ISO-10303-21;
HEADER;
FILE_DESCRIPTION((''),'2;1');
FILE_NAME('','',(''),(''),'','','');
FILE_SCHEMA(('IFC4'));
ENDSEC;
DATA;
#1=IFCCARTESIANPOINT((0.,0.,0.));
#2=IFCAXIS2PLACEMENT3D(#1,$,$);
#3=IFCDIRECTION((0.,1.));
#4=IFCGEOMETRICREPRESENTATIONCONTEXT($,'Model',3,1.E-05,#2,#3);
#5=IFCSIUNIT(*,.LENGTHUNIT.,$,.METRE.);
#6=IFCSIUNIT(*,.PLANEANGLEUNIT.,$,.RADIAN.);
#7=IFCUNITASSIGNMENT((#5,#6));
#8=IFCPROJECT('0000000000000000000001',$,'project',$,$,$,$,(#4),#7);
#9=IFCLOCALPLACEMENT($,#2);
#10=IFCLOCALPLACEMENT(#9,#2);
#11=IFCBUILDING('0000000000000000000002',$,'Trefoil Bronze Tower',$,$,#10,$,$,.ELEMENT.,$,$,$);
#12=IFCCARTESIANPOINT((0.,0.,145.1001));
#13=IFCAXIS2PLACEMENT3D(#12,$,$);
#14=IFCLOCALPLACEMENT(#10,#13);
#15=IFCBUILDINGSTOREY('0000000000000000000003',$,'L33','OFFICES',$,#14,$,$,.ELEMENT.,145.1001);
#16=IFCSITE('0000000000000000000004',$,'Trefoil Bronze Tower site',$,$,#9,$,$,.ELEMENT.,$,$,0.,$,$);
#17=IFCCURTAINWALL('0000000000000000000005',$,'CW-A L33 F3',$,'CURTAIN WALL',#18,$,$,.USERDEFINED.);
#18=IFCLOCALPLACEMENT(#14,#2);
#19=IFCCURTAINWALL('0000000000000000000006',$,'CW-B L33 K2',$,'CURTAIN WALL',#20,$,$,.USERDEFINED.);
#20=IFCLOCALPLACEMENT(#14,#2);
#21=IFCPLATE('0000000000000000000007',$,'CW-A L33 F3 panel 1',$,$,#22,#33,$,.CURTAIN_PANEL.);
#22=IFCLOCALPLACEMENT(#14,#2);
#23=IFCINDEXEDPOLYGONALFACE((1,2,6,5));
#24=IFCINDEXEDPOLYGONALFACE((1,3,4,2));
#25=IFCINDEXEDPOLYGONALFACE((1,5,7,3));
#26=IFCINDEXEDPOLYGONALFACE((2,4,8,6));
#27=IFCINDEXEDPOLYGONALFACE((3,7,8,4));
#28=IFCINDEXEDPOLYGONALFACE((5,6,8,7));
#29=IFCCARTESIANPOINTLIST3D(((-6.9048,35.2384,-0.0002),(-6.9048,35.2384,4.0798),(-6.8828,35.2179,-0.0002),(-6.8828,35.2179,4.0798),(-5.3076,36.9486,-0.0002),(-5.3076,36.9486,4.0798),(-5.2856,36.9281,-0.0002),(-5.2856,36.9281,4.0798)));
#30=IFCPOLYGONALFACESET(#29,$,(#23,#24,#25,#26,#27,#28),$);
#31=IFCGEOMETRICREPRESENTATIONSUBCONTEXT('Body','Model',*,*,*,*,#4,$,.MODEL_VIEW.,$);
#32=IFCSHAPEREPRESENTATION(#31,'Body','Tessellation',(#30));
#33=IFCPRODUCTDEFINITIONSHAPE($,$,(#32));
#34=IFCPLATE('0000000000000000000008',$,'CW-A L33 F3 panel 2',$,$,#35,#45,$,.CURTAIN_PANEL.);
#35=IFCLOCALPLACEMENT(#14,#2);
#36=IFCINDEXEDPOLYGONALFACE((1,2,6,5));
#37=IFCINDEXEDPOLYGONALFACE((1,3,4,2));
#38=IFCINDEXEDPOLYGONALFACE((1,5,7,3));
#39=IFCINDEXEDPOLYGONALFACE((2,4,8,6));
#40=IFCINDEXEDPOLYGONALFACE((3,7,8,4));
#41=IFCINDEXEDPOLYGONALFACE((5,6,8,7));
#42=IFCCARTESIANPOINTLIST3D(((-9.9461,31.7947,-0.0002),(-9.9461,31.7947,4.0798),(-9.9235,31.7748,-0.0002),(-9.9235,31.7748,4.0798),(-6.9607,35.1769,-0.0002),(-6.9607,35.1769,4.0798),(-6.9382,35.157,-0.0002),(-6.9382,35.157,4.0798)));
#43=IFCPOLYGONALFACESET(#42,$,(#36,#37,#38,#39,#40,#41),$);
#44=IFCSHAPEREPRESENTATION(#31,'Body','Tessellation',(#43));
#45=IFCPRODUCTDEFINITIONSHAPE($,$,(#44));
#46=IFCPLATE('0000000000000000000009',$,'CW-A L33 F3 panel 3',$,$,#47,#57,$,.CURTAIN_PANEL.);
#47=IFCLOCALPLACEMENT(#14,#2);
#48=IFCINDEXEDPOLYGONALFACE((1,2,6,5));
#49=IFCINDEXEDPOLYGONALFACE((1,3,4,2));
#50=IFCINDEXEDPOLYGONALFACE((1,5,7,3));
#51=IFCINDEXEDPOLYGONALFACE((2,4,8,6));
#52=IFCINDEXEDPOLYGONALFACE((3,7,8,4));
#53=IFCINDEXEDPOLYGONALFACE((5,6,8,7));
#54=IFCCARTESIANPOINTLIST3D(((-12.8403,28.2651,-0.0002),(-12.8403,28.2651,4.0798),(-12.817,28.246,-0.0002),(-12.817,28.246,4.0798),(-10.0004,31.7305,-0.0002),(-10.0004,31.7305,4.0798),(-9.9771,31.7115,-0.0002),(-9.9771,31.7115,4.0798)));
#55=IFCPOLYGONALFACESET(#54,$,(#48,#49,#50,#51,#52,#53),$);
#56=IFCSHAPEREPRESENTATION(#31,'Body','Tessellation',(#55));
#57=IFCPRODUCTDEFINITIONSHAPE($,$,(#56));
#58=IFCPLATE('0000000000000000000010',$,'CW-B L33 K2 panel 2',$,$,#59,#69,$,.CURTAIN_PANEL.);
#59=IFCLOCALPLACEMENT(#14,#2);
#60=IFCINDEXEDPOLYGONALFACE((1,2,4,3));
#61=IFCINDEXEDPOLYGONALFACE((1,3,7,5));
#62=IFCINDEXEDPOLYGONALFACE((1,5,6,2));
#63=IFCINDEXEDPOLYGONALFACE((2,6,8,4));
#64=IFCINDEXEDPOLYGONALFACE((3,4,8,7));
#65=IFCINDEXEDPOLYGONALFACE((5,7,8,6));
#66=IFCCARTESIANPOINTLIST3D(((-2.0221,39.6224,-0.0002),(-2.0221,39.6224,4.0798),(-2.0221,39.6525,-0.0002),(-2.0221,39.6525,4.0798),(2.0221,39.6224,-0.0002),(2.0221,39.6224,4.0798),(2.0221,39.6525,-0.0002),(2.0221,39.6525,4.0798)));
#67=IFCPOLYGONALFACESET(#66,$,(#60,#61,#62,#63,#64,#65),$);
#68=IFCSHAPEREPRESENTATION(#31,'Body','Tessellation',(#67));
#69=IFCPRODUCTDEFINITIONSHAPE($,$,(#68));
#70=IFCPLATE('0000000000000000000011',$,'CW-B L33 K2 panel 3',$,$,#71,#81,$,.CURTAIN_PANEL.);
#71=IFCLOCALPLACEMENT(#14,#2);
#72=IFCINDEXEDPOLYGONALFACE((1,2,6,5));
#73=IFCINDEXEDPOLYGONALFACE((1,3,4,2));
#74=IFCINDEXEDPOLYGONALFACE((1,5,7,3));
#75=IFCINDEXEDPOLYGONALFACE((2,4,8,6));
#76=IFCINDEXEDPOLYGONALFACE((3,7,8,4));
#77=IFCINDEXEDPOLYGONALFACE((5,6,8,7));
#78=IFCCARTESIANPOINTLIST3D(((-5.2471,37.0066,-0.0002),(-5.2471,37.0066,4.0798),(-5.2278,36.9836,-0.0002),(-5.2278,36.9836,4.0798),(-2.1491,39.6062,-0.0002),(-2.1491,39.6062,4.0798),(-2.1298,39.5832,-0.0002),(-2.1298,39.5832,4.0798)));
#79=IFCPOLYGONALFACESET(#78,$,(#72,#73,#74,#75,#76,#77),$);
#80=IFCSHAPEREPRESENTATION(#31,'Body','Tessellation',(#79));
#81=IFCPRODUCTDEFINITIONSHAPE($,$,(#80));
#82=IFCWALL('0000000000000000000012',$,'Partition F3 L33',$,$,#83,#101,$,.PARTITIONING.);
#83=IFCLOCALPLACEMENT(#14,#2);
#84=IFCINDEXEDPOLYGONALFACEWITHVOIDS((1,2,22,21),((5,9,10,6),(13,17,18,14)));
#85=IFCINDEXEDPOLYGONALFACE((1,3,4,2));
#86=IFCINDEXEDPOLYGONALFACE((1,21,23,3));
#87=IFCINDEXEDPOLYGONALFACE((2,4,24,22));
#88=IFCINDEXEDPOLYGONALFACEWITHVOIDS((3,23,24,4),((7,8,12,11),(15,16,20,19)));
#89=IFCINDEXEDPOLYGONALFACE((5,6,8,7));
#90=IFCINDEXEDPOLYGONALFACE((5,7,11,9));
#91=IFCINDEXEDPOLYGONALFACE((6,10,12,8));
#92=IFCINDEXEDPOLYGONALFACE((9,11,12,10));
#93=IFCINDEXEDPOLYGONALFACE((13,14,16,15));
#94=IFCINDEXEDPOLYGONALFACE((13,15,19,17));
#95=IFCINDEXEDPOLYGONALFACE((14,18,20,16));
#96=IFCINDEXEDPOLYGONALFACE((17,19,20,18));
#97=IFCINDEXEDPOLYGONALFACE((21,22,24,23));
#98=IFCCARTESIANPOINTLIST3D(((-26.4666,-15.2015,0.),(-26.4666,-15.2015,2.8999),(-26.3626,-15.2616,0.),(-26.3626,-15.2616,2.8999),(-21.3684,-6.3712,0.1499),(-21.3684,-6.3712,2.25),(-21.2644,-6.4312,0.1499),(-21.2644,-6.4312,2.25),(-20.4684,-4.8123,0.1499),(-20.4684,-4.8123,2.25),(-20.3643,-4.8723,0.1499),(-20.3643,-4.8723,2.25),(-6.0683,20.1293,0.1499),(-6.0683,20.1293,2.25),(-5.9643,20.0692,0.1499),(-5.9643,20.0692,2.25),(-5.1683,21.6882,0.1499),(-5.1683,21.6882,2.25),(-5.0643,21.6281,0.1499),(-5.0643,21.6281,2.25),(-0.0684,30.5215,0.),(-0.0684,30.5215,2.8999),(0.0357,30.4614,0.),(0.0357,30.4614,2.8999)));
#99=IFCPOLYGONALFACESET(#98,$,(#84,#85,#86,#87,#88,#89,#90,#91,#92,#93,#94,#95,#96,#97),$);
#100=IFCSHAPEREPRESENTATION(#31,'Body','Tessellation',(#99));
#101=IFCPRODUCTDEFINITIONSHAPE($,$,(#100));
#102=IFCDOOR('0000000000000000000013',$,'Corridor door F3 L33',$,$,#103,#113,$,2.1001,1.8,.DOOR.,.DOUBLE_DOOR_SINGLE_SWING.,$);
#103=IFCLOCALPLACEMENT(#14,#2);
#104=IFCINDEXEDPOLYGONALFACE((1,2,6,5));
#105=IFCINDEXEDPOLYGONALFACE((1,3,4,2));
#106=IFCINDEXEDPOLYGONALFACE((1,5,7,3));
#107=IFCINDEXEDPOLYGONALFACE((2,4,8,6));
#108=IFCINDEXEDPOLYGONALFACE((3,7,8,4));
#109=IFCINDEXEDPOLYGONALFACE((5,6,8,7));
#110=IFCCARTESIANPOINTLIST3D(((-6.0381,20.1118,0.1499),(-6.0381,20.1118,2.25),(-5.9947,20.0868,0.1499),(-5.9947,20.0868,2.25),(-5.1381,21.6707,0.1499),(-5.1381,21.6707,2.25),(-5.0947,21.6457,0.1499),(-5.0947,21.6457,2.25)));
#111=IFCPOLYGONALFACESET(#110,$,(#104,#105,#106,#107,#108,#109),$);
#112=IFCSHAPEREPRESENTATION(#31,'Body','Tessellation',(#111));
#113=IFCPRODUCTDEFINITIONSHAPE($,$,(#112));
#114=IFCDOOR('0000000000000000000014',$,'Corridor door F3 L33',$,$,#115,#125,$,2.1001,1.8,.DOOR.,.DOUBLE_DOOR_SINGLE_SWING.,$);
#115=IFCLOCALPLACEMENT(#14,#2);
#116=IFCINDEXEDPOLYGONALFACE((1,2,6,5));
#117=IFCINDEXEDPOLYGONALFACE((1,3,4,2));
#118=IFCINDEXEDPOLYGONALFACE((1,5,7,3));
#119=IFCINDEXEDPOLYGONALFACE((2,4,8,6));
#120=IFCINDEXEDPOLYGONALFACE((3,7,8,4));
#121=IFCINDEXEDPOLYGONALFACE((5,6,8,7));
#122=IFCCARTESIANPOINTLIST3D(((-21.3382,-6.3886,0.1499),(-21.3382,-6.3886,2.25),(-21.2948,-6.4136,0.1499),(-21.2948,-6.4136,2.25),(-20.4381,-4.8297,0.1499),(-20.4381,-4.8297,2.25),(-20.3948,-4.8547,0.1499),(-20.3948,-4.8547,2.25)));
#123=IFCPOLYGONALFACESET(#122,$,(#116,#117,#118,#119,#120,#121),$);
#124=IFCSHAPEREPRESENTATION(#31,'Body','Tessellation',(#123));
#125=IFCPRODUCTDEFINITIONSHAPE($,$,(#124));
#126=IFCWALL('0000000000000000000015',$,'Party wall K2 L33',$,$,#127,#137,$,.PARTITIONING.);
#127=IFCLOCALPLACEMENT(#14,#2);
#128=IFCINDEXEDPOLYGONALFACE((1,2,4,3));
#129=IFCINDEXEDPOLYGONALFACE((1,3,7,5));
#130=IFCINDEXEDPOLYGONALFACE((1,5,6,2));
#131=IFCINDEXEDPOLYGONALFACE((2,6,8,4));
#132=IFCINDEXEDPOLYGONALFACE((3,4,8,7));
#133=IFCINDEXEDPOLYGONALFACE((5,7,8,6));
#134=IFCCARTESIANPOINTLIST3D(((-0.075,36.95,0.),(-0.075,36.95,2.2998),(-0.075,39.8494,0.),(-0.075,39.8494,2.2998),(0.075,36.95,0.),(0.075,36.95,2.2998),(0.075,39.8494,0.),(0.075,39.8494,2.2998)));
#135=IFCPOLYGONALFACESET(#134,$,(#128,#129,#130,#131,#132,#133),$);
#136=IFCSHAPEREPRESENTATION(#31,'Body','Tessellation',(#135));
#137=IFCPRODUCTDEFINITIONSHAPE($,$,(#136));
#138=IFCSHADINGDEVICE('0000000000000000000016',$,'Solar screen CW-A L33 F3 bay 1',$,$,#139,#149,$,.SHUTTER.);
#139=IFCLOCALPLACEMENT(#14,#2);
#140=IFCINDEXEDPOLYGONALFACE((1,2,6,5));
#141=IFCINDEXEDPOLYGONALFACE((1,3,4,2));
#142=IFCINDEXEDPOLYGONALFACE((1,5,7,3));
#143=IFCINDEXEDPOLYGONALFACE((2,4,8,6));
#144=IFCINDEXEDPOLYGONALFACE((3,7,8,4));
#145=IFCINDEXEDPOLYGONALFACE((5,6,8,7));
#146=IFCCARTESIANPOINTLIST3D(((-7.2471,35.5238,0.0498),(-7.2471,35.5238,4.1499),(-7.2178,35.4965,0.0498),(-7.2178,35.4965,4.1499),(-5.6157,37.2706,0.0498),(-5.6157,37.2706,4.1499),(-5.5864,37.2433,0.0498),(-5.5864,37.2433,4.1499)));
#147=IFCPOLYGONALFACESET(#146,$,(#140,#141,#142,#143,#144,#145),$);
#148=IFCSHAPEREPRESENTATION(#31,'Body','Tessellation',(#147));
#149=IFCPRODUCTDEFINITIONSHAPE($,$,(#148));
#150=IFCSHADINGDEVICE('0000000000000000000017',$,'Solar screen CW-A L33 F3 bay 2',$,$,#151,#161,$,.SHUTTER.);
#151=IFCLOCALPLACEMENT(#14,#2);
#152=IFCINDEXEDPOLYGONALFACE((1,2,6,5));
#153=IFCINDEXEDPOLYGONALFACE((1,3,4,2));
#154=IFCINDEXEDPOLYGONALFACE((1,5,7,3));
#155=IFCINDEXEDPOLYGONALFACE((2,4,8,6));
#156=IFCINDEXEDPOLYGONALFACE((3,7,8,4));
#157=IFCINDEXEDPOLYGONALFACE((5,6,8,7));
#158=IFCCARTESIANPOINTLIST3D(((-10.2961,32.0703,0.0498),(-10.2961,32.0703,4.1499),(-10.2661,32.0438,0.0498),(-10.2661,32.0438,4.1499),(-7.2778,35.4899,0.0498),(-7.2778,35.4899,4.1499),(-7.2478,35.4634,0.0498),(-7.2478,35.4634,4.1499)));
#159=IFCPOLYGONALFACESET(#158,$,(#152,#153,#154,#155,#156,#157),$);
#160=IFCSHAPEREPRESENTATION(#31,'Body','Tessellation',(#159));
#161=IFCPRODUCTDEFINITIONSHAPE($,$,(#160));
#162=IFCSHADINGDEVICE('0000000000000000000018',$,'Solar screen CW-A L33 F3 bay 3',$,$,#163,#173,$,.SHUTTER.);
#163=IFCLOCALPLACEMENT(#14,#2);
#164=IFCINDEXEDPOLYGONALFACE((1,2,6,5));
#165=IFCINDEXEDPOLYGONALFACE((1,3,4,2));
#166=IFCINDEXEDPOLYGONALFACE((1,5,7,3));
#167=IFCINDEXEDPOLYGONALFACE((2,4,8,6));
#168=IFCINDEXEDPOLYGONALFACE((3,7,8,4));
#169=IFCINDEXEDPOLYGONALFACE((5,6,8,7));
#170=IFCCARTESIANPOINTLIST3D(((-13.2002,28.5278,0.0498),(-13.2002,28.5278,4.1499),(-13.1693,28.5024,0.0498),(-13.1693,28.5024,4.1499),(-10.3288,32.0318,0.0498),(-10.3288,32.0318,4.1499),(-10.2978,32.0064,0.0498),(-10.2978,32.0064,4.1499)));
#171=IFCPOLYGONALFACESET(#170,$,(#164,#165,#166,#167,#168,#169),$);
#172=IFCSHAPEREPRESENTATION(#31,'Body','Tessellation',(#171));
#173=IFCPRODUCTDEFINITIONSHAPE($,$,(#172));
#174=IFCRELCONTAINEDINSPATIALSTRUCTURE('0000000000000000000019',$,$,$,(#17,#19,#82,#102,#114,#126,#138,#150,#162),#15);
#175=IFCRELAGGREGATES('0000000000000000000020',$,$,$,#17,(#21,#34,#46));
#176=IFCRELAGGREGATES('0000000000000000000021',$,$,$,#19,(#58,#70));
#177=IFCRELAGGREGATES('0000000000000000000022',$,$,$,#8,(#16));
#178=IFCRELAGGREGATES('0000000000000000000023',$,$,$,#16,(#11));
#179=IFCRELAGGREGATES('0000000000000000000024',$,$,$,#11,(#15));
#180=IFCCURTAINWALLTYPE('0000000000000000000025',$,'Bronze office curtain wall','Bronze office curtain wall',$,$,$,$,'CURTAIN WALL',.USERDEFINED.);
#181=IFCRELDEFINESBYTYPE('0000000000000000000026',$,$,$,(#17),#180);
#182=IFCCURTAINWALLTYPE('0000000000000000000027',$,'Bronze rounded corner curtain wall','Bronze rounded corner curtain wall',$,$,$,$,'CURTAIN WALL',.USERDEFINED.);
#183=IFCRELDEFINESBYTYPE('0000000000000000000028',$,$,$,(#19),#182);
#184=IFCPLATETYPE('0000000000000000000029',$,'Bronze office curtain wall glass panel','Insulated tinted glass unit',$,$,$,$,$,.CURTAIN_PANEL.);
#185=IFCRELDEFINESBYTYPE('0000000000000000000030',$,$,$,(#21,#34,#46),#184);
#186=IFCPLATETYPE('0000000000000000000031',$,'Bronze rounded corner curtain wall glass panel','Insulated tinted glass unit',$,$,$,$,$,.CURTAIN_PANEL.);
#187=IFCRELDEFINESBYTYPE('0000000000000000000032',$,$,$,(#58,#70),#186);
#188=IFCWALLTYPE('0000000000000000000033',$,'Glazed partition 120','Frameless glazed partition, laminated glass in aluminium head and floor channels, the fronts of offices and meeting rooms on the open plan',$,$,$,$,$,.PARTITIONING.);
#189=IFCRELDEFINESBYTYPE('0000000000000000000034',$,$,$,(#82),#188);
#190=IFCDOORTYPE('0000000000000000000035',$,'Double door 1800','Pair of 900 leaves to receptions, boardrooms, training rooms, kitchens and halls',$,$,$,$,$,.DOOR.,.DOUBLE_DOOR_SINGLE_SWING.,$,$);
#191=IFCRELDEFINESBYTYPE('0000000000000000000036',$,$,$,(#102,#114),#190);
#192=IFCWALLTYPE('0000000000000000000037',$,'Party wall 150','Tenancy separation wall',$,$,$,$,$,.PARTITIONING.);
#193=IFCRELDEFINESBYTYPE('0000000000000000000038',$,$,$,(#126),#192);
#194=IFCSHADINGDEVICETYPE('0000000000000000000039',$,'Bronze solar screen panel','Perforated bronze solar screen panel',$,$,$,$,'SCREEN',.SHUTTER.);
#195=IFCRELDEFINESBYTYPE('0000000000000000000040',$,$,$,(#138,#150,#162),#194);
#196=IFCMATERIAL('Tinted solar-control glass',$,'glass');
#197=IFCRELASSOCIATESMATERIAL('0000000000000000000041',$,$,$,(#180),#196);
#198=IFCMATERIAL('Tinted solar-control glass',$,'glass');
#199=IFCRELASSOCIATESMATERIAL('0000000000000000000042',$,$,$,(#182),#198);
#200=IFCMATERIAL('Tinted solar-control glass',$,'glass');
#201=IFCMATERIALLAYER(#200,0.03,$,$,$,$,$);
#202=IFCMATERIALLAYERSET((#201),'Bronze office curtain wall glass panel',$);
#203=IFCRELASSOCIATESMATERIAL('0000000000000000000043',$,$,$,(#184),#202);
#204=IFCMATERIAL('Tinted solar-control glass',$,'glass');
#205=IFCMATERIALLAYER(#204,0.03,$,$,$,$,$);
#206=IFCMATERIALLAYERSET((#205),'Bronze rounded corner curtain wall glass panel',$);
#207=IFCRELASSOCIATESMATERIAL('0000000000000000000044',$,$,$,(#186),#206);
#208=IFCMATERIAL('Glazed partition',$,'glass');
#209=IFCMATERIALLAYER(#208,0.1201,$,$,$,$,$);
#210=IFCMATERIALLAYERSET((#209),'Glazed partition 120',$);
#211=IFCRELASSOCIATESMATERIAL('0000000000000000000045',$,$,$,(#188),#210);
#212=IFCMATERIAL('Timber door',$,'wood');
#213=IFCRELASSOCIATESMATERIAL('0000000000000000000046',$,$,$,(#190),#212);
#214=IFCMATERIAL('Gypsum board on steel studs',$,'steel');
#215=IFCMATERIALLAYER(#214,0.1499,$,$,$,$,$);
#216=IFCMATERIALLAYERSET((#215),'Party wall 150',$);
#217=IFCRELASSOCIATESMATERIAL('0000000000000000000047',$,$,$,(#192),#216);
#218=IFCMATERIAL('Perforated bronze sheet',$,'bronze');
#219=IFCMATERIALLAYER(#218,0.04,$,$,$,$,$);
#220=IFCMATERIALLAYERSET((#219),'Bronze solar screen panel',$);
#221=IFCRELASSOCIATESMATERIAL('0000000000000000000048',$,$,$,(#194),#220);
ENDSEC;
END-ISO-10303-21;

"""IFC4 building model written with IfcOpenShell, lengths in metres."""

from ifc_helpers import new_model, si_unit, direction, frame, frame_2d, origin, origin_2d, place, context, subcontext, project, spatial, rectangle, extrude, material, layer, layer_set, type_object, element, fill, aggregate, save


model = new_model("IFC4")

# Units and contexts
model_context = context("Model", 3, precision=1e-05, world=origin(), true_north=direction((0.0, 1.0)))
body_context = subcontext(model_context, "Body", "Model", "MODEL_VIEW")
ifc_project = project(units=[si_unit("LENGTHUNIT", "METRE"), si_unit("PLANEANGLEUNIT", "RADIAN")], contexts=[model_context])

# Site, building, storey
site_placement = place(None, origin())
site = spatial("IfcSite", under=ifc_project, at=site_placement, Name="Trefoil Bronze Tower site", CompositionType="ELEMENT", RefElevation=0.0)
building_placement = place(site_placement, origin())
building = spatial("IfcBuilding", under=site, at=building_placement, Name="Trefoil Bronze Tower", CompositionType="ELEMENT")
storey_placement = place(building_placement, frame((0.0, 0.0, 145.1001)))
storey = spatial("IfcBuildingStorey", under=building, at=storey_placement, Name="L33", Description="OFFICES", CompositionType="ELEMENT", Elevation=145.1001)

# Curtain walls
ifc_material_1 = material(Name="Tinted solar-control glass", Category="glass")
curtain_wall_type_1 = type_object("IfcCurtainWallType", Name="Bronze office curtain wall", Description="Bronze office curtain wall", ElementType="CURTAIN WALL", PredefinedType="USERDEFINED", material=ifc_material_1)
curtain_wall_1_placement = place(storey_placement, origin())
curtain_wall_1 = element("IfcCurtainWall", 1, at=curtain_wall_1_placement, inside=storey, type_object=curtain_wall_type_1, Name="CW-A L33 F3", ObjectType="CURTAIN WALL", PredefinedType="USERDEFINED")
ifc_material_2 = material(Name="Tinted solar-control glass", Category="glass")
curtain_wall_type_2 = type_object("IfcCurtainWallType", Name="Bronze rounded corner curtain wall", Description="Bronze rounded corner curtain wall", ElementType="CURTAIN WALL", PredefinedType="USERDEFINED", material=ifc_material_2)
curtain_wall_2_placement = place(storey_placement, origin())
curtain_wall_2 = element("IfcCurtainWall", 2, at=curtain_wall_2_placement, inside=storey, type_object=curtain_wall_type_2, Name="CW-B L33 K2", ObjectType="CURTAIN WALL", PredefinedType="USERDEFINED")

# Plates
ifc_material_3 = material(Name="Tinted solar-control glass", Category="glass")
ifc_layer_1 = layer(ifc_material_3, 0.03)
ifc_layer_set_1 = layer_set([ifc_layer_1], Name="Bronze office curtain wall glass panel")
plate_type_1 = type_object("IfcPlateType", Name="Bronze office curtain wall glass panel", Description="Insulated tinted glass unit", PredefinedType="CURTAIN_PANEL", material=ifc_layer_set_1)
plate_1_placement = place(storey_placement, frame((-6.0952, 36.0833, -0.0002), z_axis=(0.0, 0.0, 1.0), x_axis=(-0.682536, -0.730852, 0.0)))
plate_1 = element("IfcPlate", 3, at=plate_1_placement, type_object=plate_type_1, Name="CW-A L33 F3 panel 1", PredefinedType="CURTAIN_PANEL", context=body_context, shape_type="SweptSolid", body=[
    extrude(rectangle(XDim=2.3401, YDim=0.03, at=origin_2d()), origin(), (0.0, 0.0, 1.0), 4.0801),
])
plate_2_placement = place(storey_placement, frame((-8.4421, 33.4758, -0.0002), z_axis=(0.0, 0.0, 1.0), x_axis=(-0.661751, -0.749723, 0.0)))
plate_2 = element("IfcPlate", 4, at=plate_2_placement, type_object=plate_type_1, Name="CW-A L33 F3 panel 2", PredefinedType="CURTAIN_PANEL", context=body_context, shape_type="SweptSolid", body=[
    extrude(rectangle(XDim=4.5112, YDim=0.03, at=origin_2d()), origin(), (0.0, 0.0, 1.0), 4.0801),
])
plate_3_placement = place(storey_placement, frame((-11.4087, 29.9883, -0.0002), z_axis=(0.0, 0.0, 1.0), x_axis=(-0.63384, -0.773464, 0.0)))
plate_3 = element("IfcPlate", 5, at=plate_3_placement, type_object=plate_type_1, Name="CW-A L33 F3 panel 3", PredefinedType="CURTAIN_PANEL", context=body_context, shape_type="SweptSolid", body=[
    extrude(rectangle(XDim=4.4805, YDim=0.03, at=origin_2d()), origin(), (0.0, 0.0, 1.0), 4.0801),
])
aggregate(curtain_wall_1, [plate_1, plate_2, plate_3])
ifc_material_4 = material(Name="Tinted solar-control glass", Category="glass")
ifc_layer_2 = layer(ifc_material_4, 0.03)
ifc_layer_set_2 = layer_set([ifc_layer_2], Name="Bronze rounded corner curtain wall glass panel")
plate_type_2 = type_object("IfcPlateType", Name="Bronze rounded corner curtain wall glass panel", Description="Insulated tinted glass unit", PredefinedType="CURTAIN_PANEL", material=ifc_layer_set_2)
plate_4_placement = place(storey_placement, frame((0.0, 39.6375, -0.0002), z_axis=(0.0, 0.0, 1.0), x_axis=(-1.0, 0.0, 0.0)))
plate_4 = element("IfcPlate", 6, at=plate_4_placement, type_object=plate_type_2, Name="CW-B L33 K2 panel 2", PredefinedType="CURTAIN_PANEL", context=body_context, shape_type="SweptSolid", body=[
    extrude(rectangle(XDim=4.0442, YDim=0.03, at=origin_2d()), origin(), (0.0, 0.0, 1.0), 4.0801),
])
plate_5_placement = place(storey_placement, frame((-3.6885, 38.2949, -0.0002), z_axis=(0.0, 0.0, 1.0), x_axis=(-0.766044, -0.642788, 0.0)))
plate_5 = element("IfcPlate", 7, at=plate_5_placement, type_object=plate_type_2, Name="CW-B L33 K2 panel 3", PredefinedType="CURTAIN_PANEL", context=body_context, shape_type="SweptSolid", body=[
    extrude(rectangle(XDim=4.0442, YDim=0.03, at=origin_2d()), origin(), (0.0, 0.0, 1.0), 4.0801),
])
aggregate(curtain_wall_2, [plate_4, plate_5])

# Wall, openings, doors
ifc_material_5 = material(Name="Glazed partition", Category="glass")
ifc_layer_3 = layer(ifc_material_5, 0.1201)
ifc_layer_set_3 = layer_set([ifc_layer_3], Name="Glazed partition 120")
wall_type_1 = type_object("IfcWallType", Name="Glazed partition 120", Description="Frameless glazed partition, laminated glass in aluminium head and floor channels, the fronts of offices and meeting rooms on the open plan", PredefinedType="PARTITIONING", material=ifc_layer_set_3)
wall_1_placement = place(storey_placement, frame((-0.0164, 30.4915, 0.0), z_axis=(0.0, 0.0, 1.0), x_axis=(-0.500001, -0.866025, 0.0)))
wall_1 = element("IfcWall", 8, at=wall_1_placement, inside=storey, type_object=wall_type_1, Name="Partition F3 L33", PredefinedType="PARTITIONING", context=body_context, shape_type="SweptSolid", body=[
    extrude(rectangle(XDim=52.7964, YDim=0.1201, at=frame_2d((26.3982, 0.0))), origin(), (0.0, 0.0, 1.0), 2.8999),
])
opening_1_placement = place(wall_1_placement, frame((10.2, 0.0, 0.1499)))
opening_1 = element("IfcOpeningElement", 9, at=opening_1_placement, cuts=wall_1, PredefinedType="OPENING", context=body_context, shape_type="SweptSolid", body=[
    extrude(rectangle(XDim=1.8, YDim=2.1001, at=frame_2d((0.8999, 1.05))), frame((0.0, 0.0701, 0.0), z_axis=(0.0, -1.0, 0.0), x_axis=(1.0, 0.0, 0.0)), (0.0, 0.0, 1.0), 0.1401),
])
opening_2_placement = place(wall_1_placement, frame((40.8, 0.0, 0.1499)))
opening_2 = element("IfcOpeningElement", 10, at=opening_2_placement, cuts=wall_1, PredefinedType="OPENING", context=body_context, shape_type="SweptSolid", body=[
    extrude(rectangle(XDim=1.8, YDim=2.1001, at=frame_2d((0.8999, 1.05))), frame((0.0, 0.0701, 0.0), z_axis=(0.0, -1.0, 0.0), x_axis=(1.0, 0.0, 0.0)), (0.0, 0.0, 1.0), 0.1401),
])
ifc_material_6 = material(Name="Timber door", Category="wood")
door_type = type_object("IfcDoorType", Name="Double door 1800", Description="Pair of 900 leaves to receptions, boardrooms, training rooms, kitchens and halls", OperationType="DOUBLE_DOOR_SINGLE_SWING", PredefinedType="DOOR", material=ifc_material_6)
door_1_placement = place(opening_1_placement, origin())
door_1 = element("IfcDoor", 11, at=door_1_placement, inside=storey, type_object=door_type, Name="Corridor door F3 L33", OperationType="DOUBLE_DOOR_SINGLE_SWING", OverallHeight=2.1001, OverallWidth=1.8, PredefinedType="DOOR", context=body_context, shape_type="SweptSolid", body=[
    extrude(rectangle(XDim=1.8, YDim=2.1001, at=frame_2d((0.8999, 1.05))), frame((0.0, 0.0249, 0.0), z_axis=(0.0, -1.0, 0.0), x_axis=(1.0, 0.0, 0.0)), (0.0, 0.0, 1.0), 0.05),
])
fill(opening_1, door_1)
door_2_placement = place(opening_2_placement, origin())
door_2 = element("IfcDoor", 12, at=door_2_placement, inside=storey, type_object=door_type, Name="Corridor door F3 L33", OperationType="DOUBLE_DOOR_SINGLE_SWING", OverallHeight=2.1001, OverallWidth=1.8, PredefinedType="DOOR", context=body_context, shape_type="SweptSolid", body=[
    extrude(rectangle(XDim=1.8, YDim=2.1001, at=frame_2d((0.8999, 1.05))), frame((0.0, 0.0249, 0.0), z_axis=(0.0, -1.0, 0.0), x_axis=(1.0, 0.0, 0.0)), (0.0, 0.0, 1.0), 0.05),
])
fill(opening_2, door_2)

# Wall
ifc_material_7 = material(Name="Gypsum board on steel studs", Category="steel")
ifc_layer_4 = layer(ifc_material_7, 0.1499)
ifc_layer_set_4 = layer_set([ifc_layer_4], Name="Party wall 150")
wall_type_2 = type_object("IfcWallType", Name="Party wall 150", Description="Tenancy separation wall", PredefinedType="PARTITIONING", material=ifc_layer_set_4)
wall_2_placement = place(storey_placement, frame((0.0, 36.95, 0.0), z_axis=(0.0, 0.0, 1.0), x_axis=(0.0, 1.0, 0.0)))
element("IfcWall", 13, at=wall_2_placement, inside=storey, type_object=wall_type_2, Name="Party wall K2 L33", PredefinedType="PARTITIONING", context=body_context, shape_type="SweptSolid", body=[
    extrude(rectangle(XDim=2.8994, YDim=0.1499, at=frame_2d((1.4497, 0.0))), origin(), (0.0, 0.0, 1.0), 2.2998),
])

# Shading devices
ifc_material_8 = material(Name="Perforated bronze sheet", Category="bronze")
ifc_layer_5 = layer(ifc_material_8, 0.04)
ifc_layer_set_5 = layer_set([ifc_layer_5], Name="Bronze solar screen panel")
shading_device_type = type_object("IfcShadingDeviceType", Name="Bronze solar screen panel", Description="Perforated bronze solar screen panel", ElementType="SCREEN", PredefinedType="SHUTTER", material=ifc_layer_set_5)
shading_device_1_placement = place(storey_placement, frame((-6.4167, 36.3835, 0.0498), z_axis=(0.0, 0.0, 1.0), x_axis=(-0.682536, -0.730852, 0.0)))
element("IfcShadingDevice", 14, at=shading_device_1_placement, inside=storey, type_object=shading_device_type, Name="Solar screen CW-A L33 F3 bay 1", PredefinedType="SHUTTER", context=body_context, shape_type="SweptSolid", body=[
    extrude(rectangle(XDim=2.3901, YDim=0.04, at=origin_2d()), origin(), (0.0, 0.0, 1.0), 4.1001),
])
shading_device_2_placement = place(storey_placement, frame((-8.772, 33.7668, 0.0498), z_axis=(0.0, 0.0, 1.0), x_axis=(-0.661751, -0.749723, 0.0)))
element("IfcShadingDevice", 15, at=shading_device_2_placement, inside=storey, type_object=shading_device_type, Name="Solar screen CW-A L33 F3 bay 2", PredefinedType="SHUTTER", context=body_context, shape_type="SweptSolid", body=[
    extrude(rectangle(XDim=4.561, YDim=0.04, at=origin_2d()), origin(), (0.0, 0.0, 1.0), 4.1001),
])
shading_device_3_placement = place(storey_placement, frame((-11.749, 30.2671, 0.0498), z_axis=(0.0, 0.0, 1.0), x_axis=(-0.63384, -0.773464, 0.0)))
element("IfcShadingDevice", 16, at=shading_device_3_placement, inside=storey, type_object=shading_device_type, Name="Solar screen CW-A L33 F3 bay 3", PredefinedType="SHUTTER", context=body_context, shape_type="SweptSolid", body=[
    extrude(rectangle(XDim=4.5303, YDim=0.04, at=origin_2d()), origin(), (0.0, 0.0, 1.0), 4.1001),
])

save(model, "model.ifc")
